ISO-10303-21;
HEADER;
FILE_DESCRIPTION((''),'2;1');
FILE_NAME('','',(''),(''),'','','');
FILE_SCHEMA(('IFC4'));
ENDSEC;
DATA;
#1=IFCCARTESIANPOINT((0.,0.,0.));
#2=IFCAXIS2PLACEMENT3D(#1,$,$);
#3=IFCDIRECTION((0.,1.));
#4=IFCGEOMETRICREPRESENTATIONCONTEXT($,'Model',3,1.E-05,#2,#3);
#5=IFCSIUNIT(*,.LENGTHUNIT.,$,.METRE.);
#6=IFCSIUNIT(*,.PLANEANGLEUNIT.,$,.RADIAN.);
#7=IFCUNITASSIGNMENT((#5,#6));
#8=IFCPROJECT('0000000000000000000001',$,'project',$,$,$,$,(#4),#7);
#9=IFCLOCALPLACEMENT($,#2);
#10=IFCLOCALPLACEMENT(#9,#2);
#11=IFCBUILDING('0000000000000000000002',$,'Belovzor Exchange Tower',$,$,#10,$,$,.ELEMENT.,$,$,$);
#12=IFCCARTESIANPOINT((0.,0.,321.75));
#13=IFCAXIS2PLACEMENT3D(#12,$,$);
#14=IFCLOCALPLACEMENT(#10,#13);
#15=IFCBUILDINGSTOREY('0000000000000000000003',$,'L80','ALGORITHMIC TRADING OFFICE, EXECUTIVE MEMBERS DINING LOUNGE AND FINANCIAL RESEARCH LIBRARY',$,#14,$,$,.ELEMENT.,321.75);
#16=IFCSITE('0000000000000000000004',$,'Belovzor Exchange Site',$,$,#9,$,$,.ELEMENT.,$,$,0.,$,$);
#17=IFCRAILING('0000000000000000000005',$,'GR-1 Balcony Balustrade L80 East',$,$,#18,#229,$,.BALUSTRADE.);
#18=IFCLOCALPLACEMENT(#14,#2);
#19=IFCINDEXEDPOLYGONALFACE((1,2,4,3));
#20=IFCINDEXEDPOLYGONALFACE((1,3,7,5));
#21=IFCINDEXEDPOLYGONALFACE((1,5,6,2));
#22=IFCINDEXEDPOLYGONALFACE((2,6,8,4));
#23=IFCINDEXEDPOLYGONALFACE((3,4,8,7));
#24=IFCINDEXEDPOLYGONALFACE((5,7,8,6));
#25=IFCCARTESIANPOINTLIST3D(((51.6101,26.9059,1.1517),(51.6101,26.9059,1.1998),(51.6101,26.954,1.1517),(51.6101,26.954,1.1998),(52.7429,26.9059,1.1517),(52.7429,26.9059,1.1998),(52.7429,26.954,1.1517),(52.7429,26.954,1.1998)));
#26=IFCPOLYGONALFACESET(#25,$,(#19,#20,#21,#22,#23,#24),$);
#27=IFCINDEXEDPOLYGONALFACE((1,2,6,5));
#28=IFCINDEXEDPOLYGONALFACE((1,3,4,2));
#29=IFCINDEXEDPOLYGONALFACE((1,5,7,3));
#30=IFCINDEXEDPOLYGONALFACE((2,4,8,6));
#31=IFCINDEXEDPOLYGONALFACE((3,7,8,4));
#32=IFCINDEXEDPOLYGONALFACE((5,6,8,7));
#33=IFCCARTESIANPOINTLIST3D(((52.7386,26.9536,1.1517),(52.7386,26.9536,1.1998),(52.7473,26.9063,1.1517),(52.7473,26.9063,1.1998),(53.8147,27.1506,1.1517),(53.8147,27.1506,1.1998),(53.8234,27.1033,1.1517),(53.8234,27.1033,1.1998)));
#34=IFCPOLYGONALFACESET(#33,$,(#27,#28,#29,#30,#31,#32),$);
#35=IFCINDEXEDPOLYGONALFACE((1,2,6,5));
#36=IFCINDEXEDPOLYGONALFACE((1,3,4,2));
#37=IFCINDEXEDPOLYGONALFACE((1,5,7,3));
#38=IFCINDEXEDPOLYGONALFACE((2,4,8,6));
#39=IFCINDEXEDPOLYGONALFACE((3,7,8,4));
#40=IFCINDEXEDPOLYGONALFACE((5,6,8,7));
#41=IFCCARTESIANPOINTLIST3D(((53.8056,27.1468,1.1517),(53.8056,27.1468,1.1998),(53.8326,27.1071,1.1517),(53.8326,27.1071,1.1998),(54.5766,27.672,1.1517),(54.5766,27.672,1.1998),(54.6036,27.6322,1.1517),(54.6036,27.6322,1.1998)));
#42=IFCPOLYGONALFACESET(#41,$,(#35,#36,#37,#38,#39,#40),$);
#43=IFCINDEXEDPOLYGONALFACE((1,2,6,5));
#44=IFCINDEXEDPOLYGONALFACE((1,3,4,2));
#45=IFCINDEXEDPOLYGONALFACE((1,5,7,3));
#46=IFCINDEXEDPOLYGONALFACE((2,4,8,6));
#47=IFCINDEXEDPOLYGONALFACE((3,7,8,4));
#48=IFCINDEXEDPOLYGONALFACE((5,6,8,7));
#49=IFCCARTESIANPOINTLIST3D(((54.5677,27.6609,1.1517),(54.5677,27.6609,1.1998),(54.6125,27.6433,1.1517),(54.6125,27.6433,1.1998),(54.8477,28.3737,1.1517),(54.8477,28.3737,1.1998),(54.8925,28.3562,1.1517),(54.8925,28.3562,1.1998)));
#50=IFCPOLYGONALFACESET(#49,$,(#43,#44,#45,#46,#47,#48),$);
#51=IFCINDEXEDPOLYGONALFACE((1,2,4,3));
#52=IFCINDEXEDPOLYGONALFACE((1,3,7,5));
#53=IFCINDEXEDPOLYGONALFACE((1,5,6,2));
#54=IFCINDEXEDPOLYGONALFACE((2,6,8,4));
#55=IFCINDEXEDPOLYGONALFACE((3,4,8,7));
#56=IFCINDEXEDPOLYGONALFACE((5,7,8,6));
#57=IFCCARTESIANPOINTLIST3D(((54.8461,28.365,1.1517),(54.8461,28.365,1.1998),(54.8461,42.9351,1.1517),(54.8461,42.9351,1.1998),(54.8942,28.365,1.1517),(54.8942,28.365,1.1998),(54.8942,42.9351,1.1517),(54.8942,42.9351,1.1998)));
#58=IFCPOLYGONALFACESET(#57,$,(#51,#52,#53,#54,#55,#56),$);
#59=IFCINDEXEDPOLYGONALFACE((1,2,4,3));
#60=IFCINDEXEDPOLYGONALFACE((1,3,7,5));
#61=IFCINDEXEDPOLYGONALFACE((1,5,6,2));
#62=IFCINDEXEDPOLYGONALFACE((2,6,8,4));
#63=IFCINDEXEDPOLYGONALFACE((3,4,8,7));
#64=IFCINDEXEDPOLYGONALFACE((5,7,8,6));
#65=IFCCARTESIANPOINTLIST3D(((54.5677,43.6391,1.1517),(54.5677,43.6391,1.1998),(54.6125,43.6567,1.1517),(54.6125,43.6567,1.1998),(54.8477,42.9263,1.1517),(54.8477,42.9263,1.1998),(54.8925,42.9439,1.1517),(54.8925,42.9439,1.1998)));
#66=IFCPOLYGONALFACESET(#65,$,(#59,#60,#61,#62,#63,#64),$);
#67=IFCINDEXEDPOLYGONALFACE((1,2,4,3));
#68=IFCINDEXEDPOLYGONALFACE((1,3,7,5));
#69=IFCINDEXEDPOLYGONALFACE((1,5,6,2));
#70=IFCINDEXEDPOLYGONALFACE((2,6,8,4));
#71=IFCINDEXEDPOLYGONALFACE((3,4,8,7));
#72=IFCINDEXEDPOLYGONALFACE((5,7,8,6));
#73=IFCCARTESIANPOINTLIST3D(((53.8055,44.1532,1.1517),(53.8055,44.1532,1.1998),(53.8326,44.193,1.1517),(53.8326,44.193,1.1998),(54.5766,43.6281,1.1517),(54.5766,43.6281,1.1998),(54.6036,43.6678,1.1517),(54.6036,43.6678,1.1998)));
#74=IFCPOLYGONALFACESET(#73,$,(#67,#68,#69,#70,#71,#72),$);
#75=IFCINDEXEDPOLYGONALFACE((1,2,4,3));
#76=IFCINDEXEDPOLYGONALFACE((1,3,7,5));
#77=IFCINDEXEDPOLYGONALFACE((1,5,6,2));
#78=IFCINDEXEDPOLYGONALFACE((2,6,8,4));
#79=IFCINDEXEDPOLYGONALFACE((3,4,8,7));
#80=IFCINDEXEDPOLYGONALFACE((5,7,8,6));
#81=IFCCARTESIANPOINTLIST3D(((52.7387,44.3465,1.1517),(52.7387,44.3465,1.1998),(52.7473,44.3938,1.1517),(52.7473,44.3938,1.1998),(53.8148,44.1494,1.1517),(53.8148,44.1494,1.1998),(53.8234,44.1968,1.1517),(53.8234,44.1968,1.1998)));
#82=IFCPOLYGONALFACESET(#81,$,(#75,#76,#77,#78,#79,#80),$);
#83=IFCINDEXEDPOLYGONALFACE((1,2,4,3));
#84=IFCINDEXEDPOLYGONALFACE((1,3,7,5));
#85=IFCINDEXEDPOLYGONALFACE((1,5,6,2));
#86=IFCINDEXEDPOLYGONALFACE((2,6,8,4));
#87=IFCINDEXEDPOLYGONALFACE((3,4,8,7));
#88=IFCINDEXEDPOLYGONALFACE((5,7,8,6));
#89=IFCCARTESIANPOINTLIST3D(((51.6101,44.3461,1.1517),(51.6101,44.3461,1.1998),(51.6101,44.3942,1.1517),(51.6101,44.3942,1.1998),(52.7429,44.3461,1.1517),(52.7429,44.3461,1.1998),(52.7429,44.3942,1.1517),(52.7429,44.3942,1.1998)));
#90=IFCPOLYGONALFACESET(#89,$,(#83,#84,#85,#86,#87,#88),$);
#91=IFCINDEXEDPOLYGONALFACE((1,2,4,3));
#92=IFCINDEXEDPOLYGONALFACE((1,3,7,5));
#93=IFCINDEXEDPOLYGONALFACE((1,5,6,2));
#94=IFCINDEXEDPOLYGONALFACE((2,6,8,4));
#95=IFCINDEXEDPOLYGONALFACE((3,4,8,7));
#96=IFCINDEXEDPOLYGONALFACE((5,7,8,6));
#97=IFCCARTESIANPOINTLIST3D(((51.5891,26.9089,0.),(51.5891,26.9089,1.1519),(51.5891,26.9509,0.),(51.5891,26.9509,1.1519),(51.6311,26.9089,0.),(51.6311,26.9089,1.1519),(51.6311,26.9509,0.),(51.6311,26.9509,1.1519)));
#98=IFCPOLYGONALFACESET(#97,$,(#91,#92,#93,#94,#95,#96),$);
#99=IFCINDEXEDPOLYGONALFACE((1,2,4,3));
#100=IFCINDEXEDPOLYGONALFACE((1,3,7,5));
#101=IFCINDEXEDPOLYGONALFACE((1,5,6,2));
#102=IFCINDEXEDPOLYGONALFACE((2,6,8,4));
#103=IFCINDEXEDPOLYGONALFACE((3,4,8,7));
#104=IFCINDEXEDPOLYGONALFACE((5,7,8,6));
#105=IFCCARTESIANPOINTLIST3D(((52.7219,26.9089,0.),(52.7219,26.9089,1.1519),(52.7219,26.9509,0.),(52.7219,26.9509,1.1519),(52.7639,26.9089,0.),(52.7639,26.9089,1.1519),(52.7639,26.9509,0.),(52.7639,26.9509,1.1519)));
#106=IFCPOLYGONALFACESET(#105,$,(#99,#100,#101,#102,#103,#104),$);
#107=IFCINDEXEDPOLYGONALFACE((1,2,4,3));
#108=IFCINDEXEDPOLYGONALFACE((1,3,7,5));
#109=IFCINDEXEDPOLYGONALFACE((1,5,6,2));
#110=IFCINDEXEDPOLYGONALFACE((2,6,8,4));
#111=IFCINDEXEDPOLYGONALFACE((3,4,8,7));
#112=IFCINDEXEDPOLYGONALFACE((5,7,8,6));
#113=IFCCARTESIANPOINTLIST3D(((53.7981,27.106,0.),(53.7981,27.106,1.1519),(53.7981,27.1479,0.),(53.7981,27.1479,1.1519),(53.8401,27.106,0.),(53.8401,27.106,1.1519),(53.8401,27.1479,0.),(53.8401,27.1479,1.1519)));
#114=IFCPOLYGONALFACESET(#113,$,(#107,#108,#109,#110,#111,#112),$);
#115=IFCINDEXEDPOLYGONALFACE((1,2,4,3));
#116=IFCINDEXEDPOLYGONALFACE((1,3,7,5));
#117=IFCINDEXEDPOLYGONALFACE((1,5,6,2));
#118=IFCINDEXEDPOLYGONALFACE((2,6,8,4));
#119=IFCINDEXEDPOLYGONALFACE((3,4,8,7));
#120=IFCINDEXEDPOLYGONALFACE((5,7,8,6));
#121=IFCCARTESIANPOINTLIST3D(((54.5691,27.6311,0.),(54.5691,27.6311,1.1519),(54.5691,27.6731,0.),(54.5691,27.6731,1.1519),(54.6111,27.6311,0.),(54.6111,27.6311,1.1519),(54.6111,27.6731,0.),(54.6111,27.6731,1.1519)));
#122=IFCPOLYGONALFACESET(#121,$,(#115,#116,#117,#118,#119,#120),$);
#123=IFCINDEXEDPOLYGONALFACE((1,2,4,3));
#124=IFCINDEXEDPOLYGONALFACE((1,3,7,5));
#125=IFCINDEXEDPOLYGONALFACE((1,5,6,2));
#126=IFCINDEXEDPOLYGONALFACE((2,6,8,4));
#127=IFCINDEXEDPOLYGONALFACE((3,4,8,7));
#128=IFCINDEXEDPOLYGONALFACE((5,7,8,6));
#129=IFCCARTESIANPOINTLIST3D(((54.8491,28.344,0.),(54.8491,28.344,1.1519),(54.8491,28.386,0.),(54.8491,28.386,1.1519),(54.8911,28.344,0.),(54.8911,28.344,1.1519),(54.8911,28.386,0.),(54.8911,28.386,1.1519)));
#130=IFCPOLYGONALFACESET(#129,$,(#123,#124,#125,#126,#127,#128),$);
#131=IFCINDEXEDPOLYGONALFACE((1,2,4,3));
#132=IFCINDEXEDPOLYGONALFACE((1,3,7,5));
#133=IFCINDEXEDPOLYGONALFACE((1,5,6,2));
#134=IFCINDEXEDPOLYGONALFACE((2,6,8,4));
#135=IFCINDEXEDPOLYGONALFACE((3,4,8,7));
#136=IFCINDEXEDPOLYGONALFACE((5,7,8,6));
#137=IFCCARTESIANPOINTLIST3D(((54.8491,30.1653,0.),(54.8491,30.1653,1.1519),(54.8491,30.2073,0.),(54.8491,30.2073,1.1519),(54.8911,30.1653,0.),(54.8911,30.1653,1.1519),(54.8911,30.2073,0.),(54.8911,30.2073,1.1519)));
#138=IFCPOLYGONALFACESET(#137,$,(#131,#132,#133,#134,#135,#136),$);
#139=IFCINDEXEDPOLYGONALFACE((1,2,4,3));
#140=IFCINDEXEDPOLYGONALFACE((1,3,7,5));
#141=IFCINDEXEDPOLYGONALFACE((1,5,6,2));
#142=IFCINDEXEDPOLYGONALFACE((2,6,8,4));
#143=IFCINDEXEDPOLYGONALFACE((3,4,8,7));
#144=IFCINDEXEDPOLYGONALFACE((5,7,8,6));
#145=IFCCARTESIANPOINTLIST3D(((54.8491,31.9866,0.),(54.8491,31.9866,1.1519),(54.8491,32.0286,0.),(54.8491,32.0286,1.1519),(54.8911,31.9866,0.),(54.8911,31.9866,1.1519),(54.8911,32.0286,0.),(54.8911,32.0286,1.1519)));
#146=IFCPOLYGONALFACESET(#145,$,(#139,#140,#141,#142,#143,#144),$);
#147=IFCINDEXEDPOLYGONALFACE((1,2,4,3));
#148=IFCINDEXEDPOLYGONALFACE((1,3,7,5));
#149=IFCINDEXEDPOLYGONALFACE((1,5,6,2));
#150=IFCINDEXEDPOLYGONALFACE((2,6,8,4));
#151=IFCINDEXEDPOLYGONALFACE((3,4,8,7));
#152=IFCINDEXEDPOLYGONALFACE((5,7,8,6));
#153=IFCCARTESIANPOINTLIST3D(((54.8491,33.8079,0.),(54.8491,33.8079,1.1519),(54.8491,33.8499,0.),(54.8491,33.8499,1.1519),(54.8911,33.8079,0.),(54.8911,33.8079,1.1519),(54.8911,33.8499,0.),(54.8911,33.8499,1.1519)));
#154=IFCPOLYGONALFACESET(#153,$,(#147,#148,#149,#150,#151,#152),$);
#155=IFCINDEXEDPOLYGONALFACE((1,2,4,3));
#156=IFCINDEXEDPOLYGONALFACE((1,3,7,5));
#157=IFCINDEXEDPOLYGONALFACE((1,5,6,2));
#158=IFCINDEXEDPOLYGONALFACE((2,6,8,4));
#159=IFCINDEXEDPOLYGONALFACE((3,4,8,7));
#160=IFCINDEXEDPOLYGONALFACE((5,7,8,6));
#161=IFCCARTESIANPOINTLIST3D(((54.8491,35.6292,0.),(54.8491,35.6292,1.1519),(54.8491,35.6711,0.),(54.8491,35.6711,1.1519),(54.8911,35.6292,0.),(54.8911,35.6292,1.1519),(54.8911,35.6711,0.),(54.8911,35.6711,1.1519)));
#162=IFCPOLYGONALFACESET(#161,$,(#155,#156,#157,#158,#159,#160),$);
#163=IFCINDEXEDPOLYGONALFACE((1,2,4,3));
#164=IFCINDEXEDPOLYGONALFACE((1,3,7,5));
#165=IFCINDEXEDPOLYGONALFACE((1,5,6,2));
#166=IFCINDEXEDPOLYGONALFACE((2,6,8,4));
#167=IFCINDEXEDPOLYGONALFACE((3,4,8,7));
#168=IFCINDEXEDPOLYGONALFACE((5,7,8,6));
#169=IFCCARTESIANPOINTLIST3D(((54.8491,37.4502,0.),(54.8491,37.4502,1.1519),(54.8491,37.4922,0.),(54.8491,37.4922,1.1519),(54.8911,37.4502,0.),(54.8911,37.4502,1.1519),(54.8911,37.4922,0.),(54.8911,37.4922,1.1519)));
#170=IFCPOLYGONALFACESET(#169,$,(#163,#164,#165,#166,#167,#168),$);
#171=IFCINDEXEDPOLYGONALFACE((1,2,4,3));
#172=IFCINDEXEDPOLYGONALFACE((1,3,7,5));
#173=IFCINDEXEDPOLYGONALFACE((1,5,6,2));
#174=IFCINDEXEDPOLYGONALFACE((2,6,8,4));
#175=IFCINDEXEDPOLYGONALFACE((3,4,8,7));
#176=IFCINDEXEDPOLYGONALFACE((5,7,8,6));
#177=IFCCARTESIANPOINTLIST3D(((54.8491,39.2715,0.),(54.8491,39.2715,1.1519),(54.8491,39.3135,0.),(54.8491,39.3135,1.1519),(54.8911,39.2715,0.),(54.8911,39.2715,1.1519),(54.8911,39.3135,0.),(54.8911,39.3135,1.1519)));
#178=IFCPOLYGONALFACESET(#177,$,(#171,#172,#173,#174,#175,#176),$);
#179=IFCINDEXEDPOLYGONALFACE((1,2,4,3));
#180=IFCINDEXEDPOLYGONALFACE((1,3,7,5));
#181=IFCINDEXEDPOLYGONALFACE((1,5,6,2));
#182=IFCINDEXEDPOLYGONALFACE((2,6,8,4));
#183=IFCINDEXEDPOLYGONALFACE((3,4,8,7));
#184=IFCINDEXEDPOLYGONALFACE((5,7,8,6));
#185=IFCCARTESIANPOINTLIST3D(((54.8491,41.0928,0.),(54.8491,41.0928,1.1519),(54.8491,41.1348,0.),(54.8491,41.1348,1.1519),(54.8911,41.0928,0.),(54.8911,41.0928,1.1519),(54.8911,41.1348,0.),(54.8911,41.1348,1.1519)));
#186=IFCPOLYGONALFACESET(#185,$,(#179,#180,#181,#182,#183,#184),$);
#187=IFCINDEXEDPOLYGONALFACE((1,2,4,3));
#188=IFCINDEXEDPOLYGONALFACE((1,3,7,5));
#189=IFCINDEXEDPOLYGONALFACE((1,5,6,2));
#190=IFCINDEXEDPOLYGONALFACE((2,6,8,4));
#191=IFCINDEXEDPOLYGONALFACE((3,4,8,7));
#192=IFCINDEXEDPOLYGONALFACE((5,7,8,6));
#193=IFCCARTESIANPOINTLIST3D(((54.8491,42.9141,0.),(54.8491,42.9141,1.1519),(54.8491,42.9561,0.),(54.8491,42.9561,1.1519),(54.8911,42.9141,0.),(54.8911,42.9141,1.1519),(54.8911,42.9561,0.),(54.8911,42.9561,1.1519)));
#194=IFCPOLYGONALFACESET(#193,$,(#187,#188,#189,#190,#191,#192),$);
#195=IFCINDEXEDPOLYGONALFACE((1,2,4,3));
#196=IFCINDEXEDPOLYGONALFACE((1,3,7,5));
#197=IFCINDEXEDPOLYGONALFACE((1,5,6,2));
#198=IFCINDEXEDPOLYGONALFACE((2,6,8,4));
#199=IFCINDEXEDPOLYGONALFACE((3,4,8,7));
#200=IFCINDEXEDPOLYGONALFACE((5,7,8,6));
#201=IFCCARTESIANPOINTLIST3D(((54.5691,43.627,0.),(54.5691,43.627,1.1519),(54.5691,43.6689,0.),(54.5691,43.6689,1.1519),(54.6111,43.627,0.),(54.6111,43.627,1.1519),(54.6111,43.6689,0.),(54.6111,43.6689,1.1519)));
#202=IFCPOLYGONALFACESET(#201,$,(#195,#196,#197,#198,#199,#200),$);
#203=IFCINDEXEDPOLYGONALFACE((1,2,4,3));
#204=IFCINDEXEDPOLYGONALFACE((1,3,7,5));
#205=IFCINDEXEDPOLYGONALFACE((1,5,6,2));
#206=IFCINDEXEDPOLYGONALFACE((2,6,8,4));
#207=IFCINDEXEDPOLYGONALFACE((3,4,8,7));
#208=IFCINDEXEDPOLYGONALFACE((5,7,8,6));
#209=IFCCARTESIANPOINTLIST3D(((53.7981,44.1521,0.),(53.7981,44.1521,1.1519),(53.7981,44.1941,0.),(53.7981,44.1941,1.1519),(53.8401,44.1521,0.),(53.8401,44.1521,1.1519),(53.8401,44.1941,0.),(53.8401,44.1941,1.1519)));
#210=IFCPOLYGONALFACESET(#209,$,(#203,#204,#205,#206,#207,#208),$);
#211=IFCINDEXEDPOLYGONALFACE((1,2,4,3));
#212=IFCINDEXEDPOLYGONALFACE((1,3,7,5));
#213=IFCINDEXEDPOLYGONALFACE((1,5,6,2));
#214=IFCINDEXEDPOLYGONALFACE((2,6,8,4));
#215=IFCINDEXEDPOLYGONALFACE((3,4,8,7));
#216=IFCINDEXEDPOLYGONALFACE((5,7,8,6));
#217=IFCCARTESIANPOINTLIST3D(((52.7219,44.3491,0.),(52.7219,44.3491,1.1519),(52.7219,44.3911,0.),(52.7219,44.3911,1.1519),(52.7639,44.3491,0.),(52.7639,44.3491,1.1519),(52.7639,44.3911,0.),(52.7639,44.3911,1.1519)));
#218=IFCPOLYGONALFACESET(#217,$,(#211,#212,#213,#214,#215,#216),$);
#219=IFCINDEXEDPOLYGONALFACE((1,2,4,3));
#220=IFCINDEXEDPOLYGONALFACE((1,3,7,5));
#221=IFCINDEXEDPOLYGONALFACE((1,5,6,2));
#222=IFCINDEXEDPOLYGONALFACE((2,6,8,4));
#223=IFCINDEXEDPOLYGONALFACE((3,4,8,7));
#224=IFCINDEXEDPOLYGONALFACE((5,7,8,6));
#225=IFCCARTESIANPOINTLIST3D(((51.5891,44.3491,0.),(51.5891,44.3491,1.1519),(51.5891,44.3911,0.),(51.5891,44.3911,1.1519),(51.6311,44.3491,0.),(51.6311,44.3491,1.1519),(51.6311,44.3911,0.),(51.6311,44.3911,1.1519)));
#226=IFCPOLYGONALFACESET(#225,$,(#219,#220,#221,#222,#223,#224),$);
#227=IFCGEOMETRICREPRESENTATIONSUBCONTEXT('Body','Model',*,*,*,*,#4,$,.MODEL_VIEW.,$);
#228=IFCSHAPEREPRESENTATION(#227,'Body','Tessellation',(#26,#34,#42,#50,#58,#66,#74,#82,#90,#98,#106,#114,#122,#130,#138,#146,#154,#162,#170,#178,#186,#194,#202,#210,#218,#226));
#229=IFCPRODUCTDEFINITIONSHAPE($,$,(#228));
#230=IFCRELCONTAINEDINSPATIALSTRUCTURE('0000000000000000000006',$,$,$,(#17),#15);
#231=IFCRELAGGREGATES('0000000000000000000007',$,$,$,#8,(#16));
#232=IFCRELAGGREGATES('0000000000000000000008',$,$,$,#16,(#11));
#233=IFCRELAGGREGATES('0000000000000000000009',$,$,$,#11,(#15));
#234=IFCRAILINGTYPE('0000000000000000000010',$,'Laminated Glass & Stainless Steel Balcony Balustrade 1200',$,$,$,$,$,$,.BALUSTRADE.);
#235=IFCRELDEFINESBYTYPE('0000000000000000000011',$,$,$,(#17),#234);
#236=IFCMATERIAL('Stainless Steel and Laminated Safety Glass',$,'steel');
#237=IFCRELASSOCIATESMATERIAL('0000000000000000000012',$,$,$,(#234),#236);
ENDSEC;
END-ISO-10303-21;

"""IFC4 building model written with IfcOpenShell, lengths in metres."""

from ifc_helpers import new_model, si_unit, direction, frame, origin, origin_2d, place, context, subcontext, project, spatial, rectangle, extrude, material, type_object, element, save


model = new_model("IFC4")

# Units and contexts
model_context = context("Model", 3, precision=1e-05, world=origin(), true_north=direction((0.0, 1.0)))
body_context = subcontext(model_context, "Body", "Model", "MODEL_VIEW")
ifc_project = project(units=[si_unit("LENGTHUNIT", "METRE"), si_unit("PLANEANGLEUNIT", "RADIAN")], contexts=[model_context])

# Site, building, storey
site_placement = place(None, origin())
site = spatial("IfcSite", under=ifc_project, at=site_placement, Name="Belovzor Exchange Site", CompositionType="ELEMENT", RefElevation=0.0)
building_placement = place(site_placement, origin())
building = spatial("IfcBuilding", under=site, at=building_placement, Name="Belovzor Exchange Tower", CompositionType="ELEMENT")
storey_placement = place(building_placement, frame((0.0, 0.0, 321.75)))
storey = spatial("IfcBuildingStorey", under=building, at=storey_placement, Name="L80", Description="ALGORITHMIC TRADING OFFICE, EXECUTIVE MEMBERS DINING LOUNGE AND FINANCIAL RESEARCH LIBRARY", CompositionType="ELEMENT", Elevation=321.75)

# Railing
ifc_material_1 = material(Name="Stainless Steel and Laminated Safety Glass", Category="steel")
railing_type = type_object("IfcRailingType", Name="Laminated Glass & Stainless Steel Balcony Balustrade 1200", PredefinedType="BALUSTRADE", material=ifc_material_1)
railing_placement = place(storey_placement, frame((51.6101, 26.9299, 0.0)))
element("IfcRailing", 1, at=railing_placement, inside=storey, type_object=railing_type, Name="GR-1 Balcony Balustrade L80 East", PredefinedType="BALUSTRADE", context=body_context, shape_type="SweptSolid", body=[
    extrude(rectangle(XDim=0.0481, YDim=0.0481, at=origin_2d()), frame((0.0, 0.0, 1.1758), z_axis=(1.0, 0.0, 0.0), x_axis=(0.0, 1.0, 0.0)), (0.0, 0.0, 1.0), 1.1328),
    extrude(rectangle(XDim=0.0481, YDim=0.0481, at=origin_2d()), frame((1.1328, 0.0, 1.1758), z_axis=(0.983651, 0.180083, 0.0), x_axis=(-0.180083, 0.983651, 0.0)), (0.0, 0.0, 1.0), 1.094),
    extrude(rectangle(XDim=0.0481, YDim=0.0481, at=origin_2d()), frame((2.209, 0.197, 1.1758), z_axis=(0.826493, 0.562947, 0.0), x_axis=(-0.562947, 0.826493, 0.0)), (0.0, 0.0, 1.0), 0.9329),
    extrude(rectangle(XDim=0.0481, YDim=0.0481, at=origin_2d()), frame((2.98, 0.7222, 1.1758), z_axis=(0.365613, 0.930767, 0.0), x_axis=(-0.930767, 0.365613, 0.0)), (0.0, 0.0, 1.0), 0.7659),
    extrude(rectangle(XDim=0.0481, YDim=0.0481, at=origin_2d()), frame((3.26, 1.4351, 1.1758), z_axis=(0.0, 1.0, 0.0), x_axis=(-1.0, 0.0, 0.0)), (0.0, 0.0, 1.0), 14.5701),
    extrude(rectangle(XDim=0.0481, YDim=0.0481, at=origin_2d()), frame((3.26, 16.0051, 1.1758), z_axis=(-0.365613, 0.930767, 0.0), x_axis=(-0.930767, -0.365613, 0.0)), (0.0, 0.0, 1.0), 0.7659),
    extrude(rectangle(XDim=0.0481, YDim=0.0481, at=origin_2d()), frame((2.98, 16.718, 1.1758), z_axis=(-0.826493, 0.562947, 0.0), x_axis=(-0.562947, -0.826493, 0.0)), (0.0, 0.0, 1.0), 0.9329),
    extrude(rectangle(XDim=0.0481, YDim=0.0481, at=origin_2d()), frame((2.209, 17.2432, 1.1758), z_axis=(-0.983651, 0.180083, 0.0), x_axis=(-0.180083, -0.983651, 0.0)), (0.0, 0.0, 1.0), 1.094),
    extrude(rectangle(XDim=0.0481, YDim=0.0481, at=origin_2d()), frame((1.1328, 17.4402, 1.1758), z_axis=(-1.0, 0.0, 0.0), x_axis=(0.0, -1.0, 0.0)), (0.0, 0.0, 1.0), 1.1328),
    extrude(rectangle(XDim=0.042, YDim=0.042, at=origin_2d()), origin(), (0.0, 0.0, 1.0), 1.1519),
    extrude(rectangle(XDim=0.042, YDim=0.042, at=origin_2d()), frame((1.1328, 0.0, 0.0)), (0.0, 0.0, 1.0), 1.1519),
    extrude(rectangle(XDim=0.042, YDim=0.042, at=origin_2d()), frame((2.209, 0.197, 0.0)), (0.0, 0.0, 1.0), 1.1519),
    extrude(rectangle(XDim=0.042, YDim=0.042, at=origin_2d()), frame((2.98, 0.7222, 0.0)), (0.0, 0.0, 1.0), 1.1519),
    extrude(rectangle(XDim=0.042, YDim=0.042, at=origin_2d()), frame((3.26, 1.4351, 0.0)), (0.0, 0.0, 1.0), 1.1519),
    extrude(rectangle(XDim=0.042, YDim=0.042, at=origin_2d()), frame((3.26, 3.2563, 0.0)), (0.0, 0.0, 1.0), 1.1519),
    extrude(rectangle(XDim=0.042, YDim=0.042, at=origin_2d()), frame((3.26, 5.0776, 0.0)), (0.0, 0.0, 1.0), 1.1519),
    extrude(rectangle(XDim=0.042, YDim=0.042, at=origin_2d()), frame((3.26, 6.8989, 0.0)), (0.0, 0.0, 1.0), 1.1519),
    extrude(rectangle(XDim=0.042, YDim=0.042, at=origin_2d()), frame((3.26, 8.7202, 0.0)), (0.0, 0.0, 1.0), 1.1519),
    extrude(rectangle(XDim=0.042, YDim=0.042, at=origin_2d()), frame((3.26, 10.5413, 0.0)), (0.0, 0.0, 1.0), 1.1519),
    extrude(rectangle(XDim=0.042, YDim=0.042, at=origin_2d()), frame((3.26, 12.3625, 0.0)), (0.0, 0.0, 1.0), 1.1519),
    extrude(rectangle(XDim=0.042, YDim=0.042, at=origin_2d()), frame((3.26, 14.1838, 0.0)), (0.0, 0.0, 1.0), 1.1519),
    extrude(rectangle(XDim=0.042, YDim=0.042, at=origin_2d()), frame((3.26, 16.0051, 0.0)), (0.0, 0.0, 1.0), 1.1519),
    extrude(rectangle(XDim=0.042, YDim=0.042, at=origin_2d()), frame((2.98, 16.718, 0.0)), (0.0, 0.0, 1.0), 1.1519),
    extrude(rectangle(XDim=0.042, YDim=0.042, at=origin_2d()), frame((2.209, 17.2432, 0.0)), (0.0, 0.0, 1.0), 1.1519),
    extrude(rectangle(XDim=0.042, YDim=0.042, at=origin_2d()), frame((1.1328, 17.4402, 0.0)), (0.0, 0.0, 1.0), 1.1519),
    extrude(rectangle(XDim=0.042, YDim=0.042, at=origin_2d()), frame((0.0, 17.4402, 0.0)), (0.0, 0.0, 1.0), 1.1519),
])

save(model, "model.ifc")
